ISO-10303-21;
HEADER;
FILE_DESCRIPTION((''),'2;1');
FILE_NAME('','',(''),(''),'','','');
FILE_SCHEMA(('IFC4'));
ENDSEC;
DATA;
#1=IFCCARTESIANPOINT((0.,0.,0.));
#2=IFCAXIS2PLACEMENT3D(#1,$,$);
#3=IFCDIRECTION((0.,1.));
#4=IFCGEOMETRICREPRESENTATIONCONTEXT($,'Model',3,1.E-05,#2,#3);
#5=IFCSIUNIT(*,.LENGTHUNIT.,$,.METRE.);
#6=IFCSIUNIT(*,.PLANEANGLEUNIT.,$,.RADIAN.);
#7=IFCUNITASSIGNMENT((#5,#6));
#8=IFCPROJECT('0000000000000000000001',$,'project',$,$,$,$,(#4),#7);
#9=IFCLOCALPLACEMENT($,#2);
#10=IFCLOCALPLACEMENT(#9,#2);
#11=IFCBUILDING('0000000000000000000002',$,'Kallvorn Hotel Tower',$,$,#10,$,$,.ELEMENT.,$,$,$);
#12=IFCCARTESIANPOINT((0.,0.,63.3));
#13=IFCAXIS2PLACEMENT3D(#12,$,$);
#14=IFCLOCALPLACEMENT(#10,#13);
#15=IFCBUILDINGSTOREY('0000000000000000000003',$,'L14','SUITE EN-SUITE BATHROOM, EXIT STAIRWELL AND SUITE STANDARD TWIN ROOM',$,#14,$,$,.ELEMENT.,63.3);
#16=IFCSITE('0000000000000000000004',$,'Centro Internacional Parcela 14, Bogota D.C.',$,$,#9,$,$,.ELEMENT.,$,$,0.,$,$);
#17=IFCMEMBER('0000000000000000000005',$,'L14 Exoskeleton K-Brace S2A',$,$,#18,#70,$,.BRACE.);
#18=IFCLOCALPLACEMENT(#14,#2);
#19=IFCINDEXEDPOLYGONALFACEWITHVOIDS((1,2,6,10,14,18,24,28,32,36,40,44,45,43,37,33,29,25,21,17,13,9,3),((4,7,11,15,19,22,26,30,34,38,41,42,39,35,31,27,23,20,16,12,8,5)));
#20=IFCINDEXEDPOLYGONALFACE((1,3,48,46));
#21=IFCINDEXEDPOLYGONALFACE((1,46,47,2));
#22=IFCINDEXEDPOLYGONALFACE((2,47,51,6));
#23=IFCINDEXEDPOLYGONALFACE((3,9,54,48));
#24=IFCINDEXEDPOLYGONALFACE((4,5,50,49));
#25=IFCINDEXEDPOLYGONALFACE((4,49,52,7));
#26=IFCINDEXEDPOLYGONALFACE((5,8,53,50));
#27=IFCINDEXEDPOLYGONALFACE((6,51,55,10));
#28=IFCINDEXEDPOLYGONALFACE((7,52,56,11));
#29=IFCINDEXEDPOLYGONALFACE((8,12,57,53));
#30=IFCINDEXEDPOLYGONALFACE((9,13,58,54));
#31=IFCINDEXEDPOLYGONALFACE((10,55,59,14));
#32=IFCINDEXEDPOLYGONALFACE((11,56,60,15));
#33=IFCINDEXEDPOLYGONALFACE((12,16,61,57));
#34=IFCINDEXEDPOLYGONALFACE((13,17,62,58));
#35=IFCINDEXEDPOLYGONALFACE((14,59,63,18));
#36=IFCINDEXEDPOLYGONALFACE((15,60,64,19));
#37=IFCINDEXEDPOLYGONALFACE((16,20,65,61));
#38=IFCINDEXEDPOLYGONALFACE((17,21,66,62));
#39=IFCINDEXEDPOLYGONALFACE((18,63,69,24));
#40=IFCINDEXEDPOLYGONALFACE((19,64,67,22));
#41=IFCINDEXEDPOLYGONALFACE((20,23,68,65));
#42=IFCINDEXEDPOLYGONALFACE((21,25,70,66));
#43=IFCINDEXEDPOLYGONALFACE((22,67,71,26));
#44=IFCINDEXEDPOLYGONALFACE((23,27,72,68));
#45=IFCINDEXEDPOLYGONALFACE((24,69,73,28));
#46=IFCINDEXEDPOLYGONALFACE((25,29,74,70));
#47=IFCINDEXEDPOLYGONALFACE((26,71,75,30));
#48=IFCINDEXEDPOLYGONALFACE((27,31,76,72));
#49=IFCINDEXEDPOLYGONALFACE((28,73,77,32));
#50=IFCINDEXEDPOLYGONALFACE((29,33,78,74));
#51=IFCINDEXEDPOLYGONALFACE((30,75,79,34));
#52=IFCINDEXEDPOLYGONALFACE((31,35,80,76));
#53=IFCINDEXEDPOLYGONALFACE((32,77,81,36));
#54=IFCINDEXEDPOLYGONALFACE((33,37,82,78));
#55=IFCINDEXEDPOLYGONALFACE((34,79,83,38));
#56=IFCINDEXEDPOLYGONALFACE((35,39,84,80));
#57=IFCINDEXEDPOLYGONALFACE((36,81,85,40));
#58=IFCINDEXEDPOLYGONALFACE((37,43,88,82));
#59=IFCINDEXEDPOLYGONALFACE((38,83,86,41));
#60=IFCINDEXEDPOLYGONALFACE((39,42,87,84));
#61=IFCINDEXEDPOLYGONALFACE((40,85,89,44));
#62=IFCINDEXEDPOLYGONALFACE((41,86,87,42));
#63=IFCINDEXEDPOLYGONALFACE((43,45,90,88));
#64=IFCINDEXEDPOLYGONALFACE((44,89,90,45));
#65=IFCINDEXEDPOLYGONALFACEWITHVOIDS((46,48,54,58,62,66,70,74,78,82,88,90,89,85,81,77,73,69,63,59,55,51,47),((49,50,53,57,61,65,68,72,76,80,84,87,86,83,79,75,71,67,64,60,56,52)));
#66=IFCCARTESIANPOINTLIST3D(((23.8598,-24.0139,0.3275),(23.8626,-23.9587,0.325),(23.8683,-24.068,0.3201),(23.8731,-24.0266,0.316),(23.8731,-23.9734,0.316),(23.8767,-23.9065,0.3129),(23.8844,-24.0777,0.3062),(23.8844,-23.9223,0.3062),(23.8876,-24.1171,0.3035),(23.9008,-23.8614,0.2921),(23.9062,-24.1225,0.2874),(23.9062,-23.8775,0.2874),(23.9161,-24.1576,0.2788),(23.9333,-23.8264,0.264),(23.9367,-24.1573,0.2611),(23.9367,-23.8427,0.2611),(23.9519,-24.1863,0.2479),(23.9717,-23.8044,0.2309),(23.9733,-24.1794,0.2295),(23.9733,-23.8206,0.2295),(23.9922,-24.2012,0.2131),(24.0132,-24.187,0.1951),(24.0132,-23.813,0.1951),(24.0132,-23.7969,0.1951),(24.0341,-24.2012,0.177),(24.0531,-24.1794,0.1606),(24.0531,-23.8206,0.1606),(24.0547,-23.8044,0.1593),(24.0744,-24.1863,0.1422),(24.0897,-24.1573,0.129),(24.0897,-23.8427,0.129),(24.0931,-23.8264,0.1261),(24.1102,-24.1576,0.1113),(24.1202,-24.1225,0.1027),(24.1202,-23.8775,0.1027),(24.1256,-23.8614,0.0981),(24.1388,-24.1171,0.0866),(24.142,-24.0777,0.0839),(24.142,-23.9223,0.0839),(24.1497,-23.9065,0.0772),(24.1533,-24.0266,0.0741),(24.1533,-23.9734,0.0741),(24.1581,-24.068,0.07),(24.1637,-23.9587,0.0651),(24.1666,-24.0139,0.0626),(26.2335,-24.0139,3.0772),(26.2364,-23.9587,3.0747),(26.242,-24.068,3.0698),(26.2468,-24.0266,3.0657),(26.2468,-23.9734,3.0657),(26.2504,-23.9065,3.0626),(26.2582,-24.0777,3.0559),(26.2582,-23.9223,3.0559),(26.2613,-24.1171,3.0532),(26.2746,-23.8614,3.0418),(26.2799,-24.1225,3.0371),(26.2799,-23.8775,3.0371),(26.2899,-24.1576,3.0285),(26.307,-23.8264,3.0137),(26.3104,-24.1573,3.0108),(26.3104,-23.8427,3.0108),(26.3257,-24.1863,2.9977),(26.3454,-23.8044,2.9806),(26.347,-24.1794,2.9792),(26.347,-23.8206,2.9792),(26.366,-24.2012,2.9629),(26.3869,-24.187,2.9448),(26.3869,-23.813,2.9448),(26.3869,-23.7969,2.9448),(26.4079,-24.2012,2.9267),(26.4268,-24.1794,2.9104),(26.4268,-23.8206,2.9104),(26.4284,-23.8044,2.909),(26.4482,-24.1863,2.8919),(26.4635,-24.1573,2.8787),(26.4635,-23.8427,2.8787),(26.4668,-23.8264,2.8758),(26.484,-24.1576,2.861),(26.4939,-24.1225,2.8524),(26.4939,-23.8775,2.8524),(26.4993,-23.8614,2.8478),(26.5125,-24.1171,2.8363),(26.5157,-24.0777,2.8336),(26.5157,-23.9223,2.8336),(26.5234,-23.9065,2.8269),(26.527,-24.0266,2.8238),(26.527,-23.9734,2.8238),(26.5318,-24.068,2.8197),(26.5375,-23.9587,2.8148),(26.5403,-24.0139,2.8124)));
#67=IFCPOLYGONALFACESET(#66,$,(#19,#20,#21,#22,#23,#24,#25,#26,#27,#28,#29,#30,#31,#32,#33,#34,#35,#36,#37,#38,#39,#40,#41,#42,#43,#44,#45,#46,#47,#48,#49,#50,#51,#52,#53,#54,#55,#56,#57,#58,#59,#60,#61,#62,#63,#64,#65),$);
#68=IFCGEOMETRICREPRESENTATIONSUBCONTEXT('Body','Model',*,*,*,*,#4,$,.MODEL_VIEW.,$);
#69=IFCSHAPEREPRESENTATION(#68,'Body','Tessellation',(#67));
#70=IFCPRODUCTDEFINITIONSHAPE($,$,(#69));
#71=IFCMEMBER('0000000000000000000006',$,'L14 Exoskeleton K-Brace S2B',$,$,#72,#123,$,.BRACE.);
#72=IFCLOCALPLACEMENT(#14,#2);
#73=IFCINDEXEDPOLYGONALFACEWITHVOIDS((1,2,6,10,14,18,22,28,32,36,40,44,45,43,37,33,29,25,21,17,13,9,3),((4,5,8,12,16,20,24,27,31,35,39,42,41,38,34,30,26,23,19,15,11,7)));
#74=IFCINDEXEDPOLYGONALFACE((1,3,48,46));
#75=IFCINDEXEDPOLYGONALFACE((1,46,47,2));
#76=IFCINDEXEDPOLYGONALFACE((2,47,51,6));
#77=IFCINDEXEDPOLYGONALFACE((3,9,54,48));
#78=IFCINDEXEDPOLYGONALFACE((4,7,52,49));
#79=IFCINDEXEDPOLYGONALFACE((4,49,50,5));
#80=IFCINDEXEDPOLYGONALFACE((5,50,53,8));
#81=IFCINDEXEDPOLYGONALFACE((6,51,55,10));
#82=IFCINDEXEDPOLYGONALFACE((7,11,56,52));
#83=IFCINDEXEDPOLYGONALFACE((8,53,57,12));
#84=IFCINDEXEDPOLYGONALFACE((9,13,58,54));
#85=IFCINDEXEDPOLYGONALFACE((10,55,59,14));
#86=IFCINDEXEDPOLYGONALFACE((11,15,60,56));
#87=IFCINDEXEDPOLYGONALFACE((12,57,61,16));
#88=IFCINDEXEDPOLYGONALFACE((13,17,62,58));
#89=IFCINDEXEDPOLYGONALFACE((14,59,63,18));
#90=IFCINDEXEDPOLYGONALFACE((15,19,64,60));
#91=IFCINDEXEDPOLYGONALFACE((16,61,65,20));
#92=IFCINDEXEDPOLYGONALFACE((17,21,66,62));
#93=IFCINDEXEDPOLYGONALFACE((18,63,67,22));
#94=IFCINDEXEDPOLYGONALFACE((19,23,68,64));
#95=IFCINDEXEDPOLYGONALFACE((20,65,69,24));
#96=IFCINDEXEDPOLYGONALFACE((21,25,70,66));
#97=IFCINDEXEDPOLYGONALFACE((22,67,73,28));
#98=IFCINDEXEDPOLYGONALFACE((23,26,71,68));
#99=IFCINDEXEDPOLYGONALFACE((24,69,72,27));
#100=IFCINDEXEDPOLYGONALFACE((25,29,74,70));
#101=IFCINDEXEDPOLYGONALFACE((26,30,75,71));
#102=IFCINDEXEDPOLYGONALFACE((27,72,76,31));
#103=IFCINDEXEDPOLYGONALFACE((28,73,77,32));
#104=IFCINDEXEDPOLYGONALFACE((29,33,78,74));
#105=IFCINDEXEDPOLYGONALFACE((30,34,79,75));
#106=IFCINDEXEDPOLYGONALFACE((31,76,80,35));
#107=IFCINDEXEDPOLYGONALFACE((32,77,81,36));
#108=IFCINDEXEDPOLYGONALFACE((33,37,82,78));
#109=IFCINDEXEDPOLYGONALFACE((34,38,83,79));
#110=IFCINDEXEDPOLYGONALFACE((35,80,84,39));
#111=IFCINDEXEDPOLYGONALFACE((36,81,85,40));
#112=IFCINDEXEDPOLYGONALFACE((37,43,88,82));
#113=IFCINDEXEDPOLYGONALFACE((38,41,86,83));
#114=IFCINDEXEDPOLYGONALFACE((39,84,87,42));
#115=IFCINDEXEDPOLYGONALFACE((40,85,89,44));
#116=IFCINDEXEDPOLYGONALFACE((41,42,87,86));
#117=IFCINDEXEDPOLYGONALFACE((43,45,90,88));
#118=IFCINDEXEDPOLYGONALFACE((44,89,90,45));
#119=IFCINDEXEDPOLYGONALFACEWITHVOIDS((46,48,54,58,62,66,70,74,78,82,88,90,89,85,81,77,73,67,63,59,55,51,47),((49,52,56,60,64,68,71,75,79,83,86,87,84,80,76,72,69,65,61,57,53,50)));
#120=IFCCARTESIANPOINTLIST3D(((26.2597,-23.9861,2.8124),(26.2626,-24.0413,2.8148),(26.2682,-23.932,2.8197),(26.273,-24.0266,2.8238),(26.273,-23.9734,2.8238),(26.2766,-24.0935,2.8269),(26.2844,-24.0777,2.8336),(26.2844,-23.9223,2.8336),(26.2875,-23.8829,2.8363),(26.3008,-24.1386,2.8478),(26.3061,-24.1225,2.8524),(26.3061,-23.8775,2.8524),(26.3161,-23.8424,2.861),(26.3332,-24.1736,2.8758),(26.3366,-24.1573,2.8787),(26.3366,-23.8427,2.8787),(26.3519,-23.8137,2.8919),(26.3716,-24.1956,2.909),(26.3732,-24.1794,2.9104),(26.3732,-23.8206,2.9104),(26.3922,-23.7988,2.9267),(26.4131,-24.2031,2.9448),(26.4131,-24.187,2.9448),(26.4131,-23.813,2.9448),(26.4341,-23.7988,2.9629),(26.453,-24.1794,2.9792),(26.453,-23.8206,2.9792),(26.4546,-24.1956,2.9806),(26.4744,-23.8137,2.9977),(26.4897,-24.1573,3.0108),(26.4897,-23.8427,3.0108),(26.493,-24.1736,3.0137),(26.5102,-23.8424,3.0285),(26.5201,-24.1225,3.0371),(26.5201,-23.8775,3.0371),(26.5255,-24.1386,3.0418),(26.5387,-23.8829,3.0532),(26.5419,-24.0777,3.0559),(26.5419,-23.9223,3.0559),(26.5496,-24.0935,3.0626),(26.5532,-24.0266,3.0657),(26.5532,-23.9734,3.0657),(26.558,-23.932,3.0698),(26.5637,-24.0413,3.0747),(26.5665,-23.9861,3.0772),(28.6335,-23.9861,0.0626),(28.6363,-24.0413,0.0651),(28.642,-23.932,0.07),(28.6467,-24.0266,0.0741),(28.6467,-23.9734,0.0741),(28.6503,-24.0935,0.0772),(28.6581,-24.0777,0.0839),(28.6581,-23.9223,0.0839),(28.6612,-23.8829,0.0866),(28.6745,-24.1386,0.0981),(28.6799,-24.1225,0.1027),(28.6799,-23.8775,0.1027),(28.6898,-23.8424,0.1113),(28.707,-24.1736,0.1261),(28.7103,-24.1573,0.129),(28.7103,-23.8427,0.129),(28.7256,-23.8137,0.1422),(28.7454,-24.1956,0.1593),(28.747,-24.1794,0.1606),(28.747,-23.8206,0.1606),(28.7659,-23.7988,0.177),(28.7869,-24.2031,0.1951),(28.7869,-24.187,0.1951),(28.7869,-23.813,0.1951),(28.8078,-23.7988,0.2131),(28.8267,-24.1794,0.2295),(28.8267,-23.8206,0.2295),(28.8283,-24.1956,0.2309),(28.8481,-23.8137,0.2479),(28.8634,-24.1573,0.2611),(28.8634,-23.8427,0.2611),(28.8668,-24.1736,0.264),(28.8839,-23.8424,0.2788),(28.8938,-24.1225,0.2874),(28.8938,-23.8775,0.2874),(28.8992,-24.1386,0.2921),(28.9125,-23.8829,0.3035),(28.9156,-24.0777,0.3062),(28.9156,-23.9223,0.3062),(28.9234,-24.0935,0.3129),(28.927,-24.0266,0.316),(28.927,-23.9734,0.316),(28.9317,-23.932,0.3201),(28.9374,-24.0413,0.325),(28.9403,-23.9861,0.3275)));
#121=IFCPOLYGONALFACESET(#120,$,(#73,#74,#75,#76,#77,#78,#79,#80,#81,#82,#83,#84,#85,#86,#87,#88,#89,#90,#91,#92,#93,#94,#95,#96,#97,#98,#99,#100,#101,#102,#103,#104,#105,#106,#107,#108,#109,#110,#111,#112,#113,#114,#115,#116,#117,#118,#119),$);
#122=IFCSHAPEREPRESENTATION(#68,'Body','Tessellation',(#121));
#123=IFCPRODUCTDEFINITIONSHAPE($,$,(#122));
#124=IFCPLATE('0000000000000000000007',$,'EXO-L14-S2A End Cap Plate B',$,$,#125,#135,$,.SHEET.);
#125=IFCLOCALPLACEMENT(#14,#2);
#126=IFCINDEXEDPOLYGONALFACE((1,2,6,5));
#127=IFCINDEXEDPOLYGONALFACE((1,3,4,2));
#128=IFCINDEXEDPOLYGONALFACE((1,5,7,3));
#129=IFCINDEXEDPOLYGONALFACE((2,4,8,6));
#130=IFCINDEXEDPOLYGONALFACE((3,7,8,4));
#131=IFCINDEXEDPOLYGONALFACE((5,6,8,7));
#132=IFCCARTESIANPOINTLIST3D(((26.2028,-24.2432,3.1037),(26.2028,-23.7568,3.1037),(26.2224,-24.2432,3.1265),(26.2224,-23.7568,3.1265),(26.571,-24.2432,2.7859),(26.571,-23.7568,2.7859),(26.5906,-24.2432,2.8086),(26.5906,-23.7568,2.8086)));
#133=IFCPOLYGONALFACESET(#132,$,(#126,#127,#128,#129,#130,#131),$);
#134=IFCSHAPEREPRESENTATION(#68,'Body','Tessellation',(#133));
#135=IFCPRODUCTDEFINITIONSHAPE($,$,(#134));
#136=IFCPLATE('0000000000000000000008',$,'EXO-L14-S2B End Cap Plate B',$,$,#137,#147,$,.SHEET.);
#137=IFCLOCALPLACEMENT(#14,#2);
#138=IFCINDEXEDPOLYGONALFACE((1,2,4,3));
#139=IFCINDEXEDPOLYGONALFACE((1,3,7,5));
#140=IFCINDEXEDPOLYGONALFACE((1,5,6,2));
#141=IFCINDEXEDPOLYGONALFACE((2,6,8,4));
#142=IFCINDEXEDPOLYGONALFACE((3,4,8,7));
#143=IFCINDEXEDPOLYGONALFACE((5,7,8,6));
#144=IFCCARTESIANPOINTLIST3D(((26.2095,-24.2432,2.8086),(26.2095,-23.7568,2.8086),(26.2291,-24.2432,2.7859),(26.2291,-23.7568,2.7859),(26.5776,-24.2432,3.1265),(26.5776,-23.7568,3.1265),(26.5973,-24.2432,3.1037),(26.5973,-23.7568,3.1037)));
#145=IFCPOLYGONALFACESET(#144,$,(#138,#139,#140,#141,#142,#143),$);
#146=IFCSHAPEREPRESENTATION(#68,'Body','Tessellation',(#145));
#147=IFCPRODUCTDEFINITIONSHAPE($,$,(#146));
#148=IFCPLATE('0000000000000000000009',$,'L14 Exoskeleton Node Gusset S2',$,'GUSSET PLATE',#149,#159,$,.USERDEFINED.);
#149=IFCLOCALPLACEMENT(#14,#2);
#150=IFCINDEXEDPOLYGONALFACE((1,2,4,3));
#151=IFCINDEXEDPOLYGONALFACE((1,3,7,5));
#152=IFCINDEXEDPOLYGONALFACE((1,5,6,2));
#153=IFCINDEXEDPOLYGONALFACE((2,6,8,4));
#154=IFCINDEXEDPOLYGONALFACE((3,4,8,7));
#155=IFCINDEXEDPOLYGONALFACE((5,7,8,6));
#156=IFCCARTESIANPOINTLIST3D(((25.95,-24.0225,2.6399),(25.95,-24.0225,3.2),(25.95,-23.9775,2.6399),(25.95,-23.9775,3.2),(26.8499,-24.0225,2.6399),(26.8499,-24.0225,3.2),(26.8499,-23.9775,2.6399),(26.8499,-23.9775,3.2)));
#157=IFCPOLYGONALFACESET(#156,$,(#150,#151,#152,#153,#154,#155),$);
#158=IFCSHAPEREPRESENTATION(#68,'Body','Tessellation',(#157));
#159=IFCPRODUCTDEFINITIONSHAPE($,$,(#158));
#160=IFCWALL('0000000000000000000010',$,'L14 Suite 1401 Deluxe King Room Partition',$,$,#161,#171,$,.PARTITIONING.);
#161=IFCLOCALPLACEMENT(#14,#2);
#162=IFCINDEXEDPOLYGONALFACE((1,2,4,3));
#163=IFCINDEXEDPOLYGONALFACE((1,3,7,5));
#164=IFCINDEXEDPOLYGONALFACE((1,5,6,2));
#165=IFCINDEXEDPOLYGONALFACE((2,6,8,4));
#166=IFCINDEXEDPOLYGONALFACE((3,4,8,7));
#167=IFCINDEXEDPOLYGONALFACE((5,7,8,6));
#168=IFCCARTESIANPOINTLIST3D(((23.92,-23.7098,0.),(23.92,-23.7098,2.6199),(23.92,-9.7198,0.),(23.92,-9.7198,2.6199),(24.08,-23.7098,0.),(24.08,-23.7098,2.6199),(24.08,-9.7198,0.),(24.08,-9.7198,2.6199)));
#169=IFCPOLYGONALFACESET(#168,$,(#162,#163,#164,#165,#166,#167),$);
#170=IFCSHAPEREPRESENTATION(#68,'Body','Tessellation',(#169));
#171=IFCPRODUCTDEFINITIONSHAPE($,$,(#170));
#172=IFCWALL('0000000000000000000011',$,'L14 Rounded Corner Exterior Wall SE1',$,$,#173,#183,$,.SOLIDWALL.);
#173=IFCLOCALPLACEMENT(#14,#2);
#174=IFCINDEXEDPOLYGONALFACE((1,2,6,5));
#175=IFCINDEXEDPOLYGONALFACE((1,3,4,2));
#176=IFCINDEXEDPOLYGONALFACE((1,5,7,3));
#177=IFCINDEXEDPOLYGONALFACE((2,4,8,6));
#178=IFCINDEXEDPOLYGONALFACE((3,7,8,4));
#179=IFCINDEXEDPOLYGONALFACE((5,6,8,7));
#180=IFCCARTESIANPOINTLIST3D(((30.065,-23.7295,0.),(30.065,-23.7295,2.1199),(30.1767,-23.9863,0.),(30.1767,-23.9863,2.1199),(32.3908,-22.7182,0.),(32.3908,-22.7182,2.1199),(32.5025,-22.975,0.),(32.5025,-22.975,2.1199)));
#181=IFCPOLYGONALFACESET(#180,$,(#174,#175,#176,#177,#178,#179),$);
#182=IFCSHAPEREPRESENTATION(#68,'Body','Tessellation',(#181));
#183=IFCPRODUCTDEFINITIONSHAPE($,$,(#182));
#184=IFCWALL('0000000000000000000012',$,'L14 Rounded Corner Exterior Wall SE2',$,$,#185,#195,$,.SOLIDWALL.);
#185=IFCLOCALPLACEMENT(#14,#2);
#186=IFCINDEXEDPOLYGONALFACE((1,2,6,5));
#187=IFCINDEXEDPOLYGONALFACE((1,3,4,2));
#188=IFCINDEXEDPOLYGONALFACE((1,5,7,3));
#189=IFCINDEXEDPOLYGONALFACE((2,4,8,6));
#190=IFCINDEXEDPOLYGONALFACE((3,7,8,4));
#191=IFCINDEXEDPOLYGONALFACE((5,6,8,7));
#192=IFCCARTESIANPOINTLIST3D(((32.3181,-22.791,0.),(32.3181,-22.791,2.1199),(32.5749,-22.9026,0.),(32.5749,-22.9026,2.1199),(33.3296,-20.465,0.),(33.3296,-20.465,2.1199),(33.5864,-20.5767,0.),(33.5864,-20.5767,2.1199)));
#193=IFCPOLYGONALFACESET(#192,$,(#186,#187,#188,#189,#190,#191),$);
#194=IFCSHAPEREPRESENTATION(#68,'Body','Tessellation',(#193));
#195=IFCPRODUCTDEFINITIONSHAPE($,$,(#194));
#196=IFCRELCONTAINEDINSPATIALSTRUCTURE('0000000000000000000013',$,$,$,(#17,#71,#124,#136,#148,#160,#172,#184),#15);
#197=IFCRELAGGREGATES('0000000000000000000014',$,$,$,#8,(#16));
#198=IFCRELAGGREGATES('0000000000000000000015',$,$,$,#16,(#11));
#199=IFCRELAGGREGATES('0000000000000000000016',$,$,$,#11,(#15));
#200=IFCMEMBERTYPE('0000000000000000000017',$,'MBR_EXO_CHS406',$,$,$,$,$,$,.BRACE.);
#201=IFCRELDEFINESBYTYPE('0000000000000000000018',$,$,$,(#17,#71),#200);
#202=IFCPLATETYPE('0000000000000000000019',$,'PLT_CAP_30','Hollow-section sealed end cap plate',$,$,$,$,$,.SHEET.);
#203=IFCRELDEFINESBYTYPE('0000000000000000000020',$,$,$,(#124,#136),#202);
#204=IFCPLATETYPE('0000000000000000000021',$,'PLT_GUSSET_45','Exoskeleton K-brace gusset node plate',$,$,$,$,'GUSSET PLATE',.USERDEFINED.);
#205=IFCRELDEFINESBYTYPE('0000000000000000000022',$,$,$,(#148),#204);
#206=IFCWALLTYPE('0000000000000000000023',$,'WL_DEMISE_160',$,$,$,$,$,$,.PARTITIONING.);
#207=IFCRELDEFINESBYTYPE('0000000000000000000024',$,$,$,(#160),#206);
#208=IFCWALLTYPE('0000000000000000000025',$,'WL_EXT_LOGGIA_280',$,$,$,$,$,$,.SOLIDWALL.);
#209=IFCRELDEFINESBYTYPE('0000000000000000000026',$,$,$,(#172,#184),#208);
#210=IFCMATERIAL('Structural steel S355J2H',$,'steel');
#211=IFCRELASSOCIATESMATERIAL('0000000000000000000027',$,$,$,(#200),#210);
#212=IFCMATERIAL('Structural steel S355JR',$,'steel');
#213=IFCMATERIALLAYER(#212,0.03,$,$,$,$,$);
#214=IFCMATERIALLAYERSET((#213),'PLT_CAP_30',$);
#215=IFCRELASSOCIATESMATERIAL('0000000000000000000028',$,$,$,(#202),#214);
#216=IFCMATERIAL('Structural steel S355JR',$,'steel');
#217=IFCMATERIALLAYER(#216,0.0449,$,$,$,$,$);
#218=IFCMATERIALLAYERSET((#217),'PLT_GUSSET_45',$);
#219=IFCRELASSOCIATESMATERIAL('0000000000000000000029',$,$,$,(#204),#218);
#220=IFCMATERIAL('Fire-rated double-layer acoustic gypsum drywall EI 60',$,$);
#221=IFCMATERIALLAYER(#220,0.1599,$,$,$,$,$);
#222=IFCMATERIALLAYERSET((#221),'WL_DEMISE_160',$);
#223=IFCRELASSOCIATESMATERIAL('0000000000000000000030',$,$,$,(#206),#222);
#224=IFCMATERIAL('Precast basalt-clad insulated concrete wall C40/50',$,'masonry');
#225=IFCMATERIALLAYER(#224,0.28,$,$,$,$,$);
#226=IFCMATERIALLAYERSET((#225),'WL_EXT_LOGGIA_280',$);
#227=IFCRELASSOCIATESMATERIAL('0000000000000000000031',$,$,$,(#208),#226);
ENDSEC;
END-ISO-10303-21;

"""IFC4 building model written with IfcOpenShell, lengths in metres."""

from ifc_helpers import new_model, si_unit, direction, frame, frame_2d, origin, origin_2d, place, context, subcontext, project, spatial, polyline, rectangle, hollow_circle, outline, extrude, material, layer, layer_set, material_profile, profile_set, type_object, element, save


model = new_model("IFC4")

# Units and contexts
model_context = context("Model", 3, precision=1e-05, world=origin(), true_north=direction((0.0, 1.0)))
body_context = subcontext(model_context, "Body", "Model", "MODEL_VIEW")
ifc_project = project(units=[si_unit("LENGTHUNIT", "METRE"), si_unit("PLANEANGLEUNIT", "RADIAN")], contexts=[model_context])

# Site, building, storey
site_placement = place(None, origin())
site = spatial("IfcSite", under=ifc_project, at=site_placement, Name="Centro Internacional Parcela 14, Bogota D.C.", CompositionType="ELEMENT", RefElevation=0.0)
building_placement = place(site_placement, origin())
building = spatial("IfcBuilding", under=site, at=building_placement, Name="Kallvorn Hotel Tower", CompositionType="ELEMENT")
storey_placement = place(building_placement, frame((0.0, 0.0, 63.3)))
storey = spatial("IfcBuildingStorey", under=building, at=storey_placement, Name="L14", Description="SUITE EN-SUITE BATHROOM, EXIT STAIRWELL AND SUITE STANDARD TWIN ROOM", CompositionType="ELEMENT", Elevation=63.3)

# Members
ifc_material_1 = material(Name="Structural steel S355J2H", Category="steel")
ifc_material_profile_1 = material_profile(ifc_material_1, hollow_circle(Radius=0.2031, WallThickness=0.0161, at=origin_2d()), Name="CHS 406.4x16")
ifc_profile_set_1 = profile_set([ifc_material_profile_1], Name="Structural steel S355J2H")
member_type = type_object("IfcMemberType", Name="MBR_EXO_CHS406", PredefinedType="BRACE", material=ifc_profile_set_1)
for number, where, z_axis, x_axis, name in (
    (1, (24.0132, -24.0, 0.1951), (0.653461, 0.0, 0.756961), (0.0, 1.0, 0.0), "L14 Exoskeleton K-Brace S2A"),
    (2, (28.7869, -24.0, 0.1951), (-0.653461, 0.0, 0.756961), (0.0, -1.0, 0.0), "L14 Exoskeleton K-Brace S2B"),
):
    element("IfcMember", number, at=place(storey_placement, frame(where, z_axis=z_axis, x_axis=x_axis)), inside=storey, type_object=member_type, Name=name, PredefinedType="BRACE", context=body_context, shape_type="SweptSolid", body=[
        extrude(hollow_circle(Radius=0.2031, WallThickness=0.0161, at=origin_2d()), origin(), (0.0, 0.0, 1.0), 3.6326),
    ])

# Plates
ifc_material_2 = material(Name="Structural steel S355JR", Category="steel")
ifc_layer_1 = layer(ifc_material_2, 0.03)
ifc_layer_set_1 = layer_set([ifc_layer_1], Name="PLT_CAP_30")
plate_type_1 = type_object("IfcPlateType", Name="PLT_CAP_30", Description="Hollow-section sealed end cap plate", PredefinedType="SHEET", material=ifc_layer_set_1)
for number, where, z_axis, x_axis, name in (
    (3, (26.5906, -24.2432, 2.8086), (0.653515, 0.0, 0.756913), (0.0, 1.0, 0.0), "EXO-L14-S2A End Cap Plate B"),
    (4, (26.2095, -23.7568, 2.8086), (-0.653515, 0.0, 0.756913), (0.0, -1.0, 0.0), "EXO-L14-S2B End Cap Plate B"),
):
    element("IfcPlate", number, at=place(storey_placement, frame(where, z_axis=z_axis, x_axis=x_axis)), inside=storey, type_object=plate_type_1, Name=name, PredefinedType="SHEET", context=body_context, shape_type="SweptSolid", body=[
        extrude(outline(polyline([(0.0, 0.0), (0.4863, 0.0), (0.4863, 0.4864), (0.0, 0.4864), (0.0, 0.0)])), origin(), (0.0, 0.0, -1.0), 0.03),
    ])
ifc_material_3 = material(Name="Structural steel S355JR", Category="steel")
ifc_layer_2 = layer(ifc_material_3, 0.0449)
ifc_layer_set_2 = layer_set([ifc_layer_2], Name="PLT_GUSSET_45")
plate_type_2 = type_object("IfcPlateType", Name="PLT_GUSSET_45", Description="Exoskeleton K-brace gusset node plate", ElementType="GUSSET PLATE", PredefinedType="USERDEFINED", material=ifc_layer_set_2)
plate_placement = place(storey_placement, frame((26.3999, -24.0, 2.6399), z_axis=(0.0, 0.0, 1.0), x_axis=(1.0, 0.0, 0.0)))
element("IfcPlate", 5, at=plate_placement, inside=storey, type_object=plate_type_2, Name="L14 Exoskeleton Node Gusset S2", ObjectType="GUSSET PLATE", PredefinedType="USERDEFINED", context=body_context, shape_type="SweptSolid", body=[
    extrude(rectangle(XDim=0.8999, YDim=0.0449, at=origin_2d()), origin(), (0.0, 0.0, 1.0), 0.5601),
])

# Walls
ifc_material_4 = material(Name="Fire-rated double-layer acoustic gypsum drywall EI 60")
ifc_layer_3 = layer(ifc_material_4, 0.1599)
ifc_layer_set_3 = layer_set([ifc_layer_3], Name="WL_DEMISE_160")
wall_type_1 = type_object("IfcWallType", Name="WL_DEMISE_160", PredefinedType="PARTITIONING", material=ifc_layer_set_3)
wall_1_placement = place(storey_placement, frame((24.0, -23.71, 0.0), z_axis=(0.0, 0.0, 1.0), x_axis=(0.0, 1.0, 0.0)))
element("IfcWall", 6, at=wall_1_placement, inside=storey, type_object=wall_type_1, Name="L14 Suite 1401 Deluxe King Room Partition", PredefinedType="PARTITIONING", context=body_context, shape_type="SweptSolid", body=[
    extrude(rectangle(XDim=13.99, YDim=0.1599, at=frame_2d((6.9951, 0.0))), origin(), (0.0, 0.0, 1.0), 2.6199),
])
ifc_material_5 = material(Name="Precast basalt-clad insulated concrete wall C40/50", Category="masonry")
ifc_layer_4 = layer(ifc_material_5, 0.28)
ifc_layer_set_4 = layer_set([ifc_layer_4], Name="WL_EXT_LOGGIA_280")
wall_type_2 = type_object("IfcWallType", Name="WL_EXT_LOGGIA_280", PredefinedType="SOLIDWALL", material=ifc_layer_set_4)
wall_2_placement = place(storey_placement, frame((30.1208, -23.8579, 0.0), z_axis=(0.0, 0.0, 1.0), x_axis=(0.917061, 0.398747, 0.0)))
element("IfcWall", 7, at=wall_2_placement, inside=storey, type_object=wall_type_2, Name="L14 Rounded Corner Exterior Wall SE1", PredefinedType="SOLIDWALL", context=body_context, shape_type="SweptSolid", body=[
    extrude(rectangle(XDim=2.5361, YDim=0.28, at=frame_2d((1.2681, 0.0))), origin(), (0.0, 0.0, 1.0), 2.1199),
])
wall_3_placement = place(storey_placement, frame((32.4465, -22.8467, 0.0), z_axis=(0.0, 0.0, 1.0), x_axis=(0.398793, 0.917041, 0.0)))
element("IfcWall", 8, at=wall_3_placement, inside=storey, type_object=wall_type_2, Name="L14 Rounded Corner Exterior Wall SE2", PredefinedType="SOLIDWALL", context=body_context, shape_type="SweptSolid", body=[
    extrude(rectangle(XDim=2.5364, YDim=0.28, at=frame_2d((1.2681, 0.0))), origin(), (0.0, 0.0, 1.0), 2.1199),
])

save(model, "model.ifc")
